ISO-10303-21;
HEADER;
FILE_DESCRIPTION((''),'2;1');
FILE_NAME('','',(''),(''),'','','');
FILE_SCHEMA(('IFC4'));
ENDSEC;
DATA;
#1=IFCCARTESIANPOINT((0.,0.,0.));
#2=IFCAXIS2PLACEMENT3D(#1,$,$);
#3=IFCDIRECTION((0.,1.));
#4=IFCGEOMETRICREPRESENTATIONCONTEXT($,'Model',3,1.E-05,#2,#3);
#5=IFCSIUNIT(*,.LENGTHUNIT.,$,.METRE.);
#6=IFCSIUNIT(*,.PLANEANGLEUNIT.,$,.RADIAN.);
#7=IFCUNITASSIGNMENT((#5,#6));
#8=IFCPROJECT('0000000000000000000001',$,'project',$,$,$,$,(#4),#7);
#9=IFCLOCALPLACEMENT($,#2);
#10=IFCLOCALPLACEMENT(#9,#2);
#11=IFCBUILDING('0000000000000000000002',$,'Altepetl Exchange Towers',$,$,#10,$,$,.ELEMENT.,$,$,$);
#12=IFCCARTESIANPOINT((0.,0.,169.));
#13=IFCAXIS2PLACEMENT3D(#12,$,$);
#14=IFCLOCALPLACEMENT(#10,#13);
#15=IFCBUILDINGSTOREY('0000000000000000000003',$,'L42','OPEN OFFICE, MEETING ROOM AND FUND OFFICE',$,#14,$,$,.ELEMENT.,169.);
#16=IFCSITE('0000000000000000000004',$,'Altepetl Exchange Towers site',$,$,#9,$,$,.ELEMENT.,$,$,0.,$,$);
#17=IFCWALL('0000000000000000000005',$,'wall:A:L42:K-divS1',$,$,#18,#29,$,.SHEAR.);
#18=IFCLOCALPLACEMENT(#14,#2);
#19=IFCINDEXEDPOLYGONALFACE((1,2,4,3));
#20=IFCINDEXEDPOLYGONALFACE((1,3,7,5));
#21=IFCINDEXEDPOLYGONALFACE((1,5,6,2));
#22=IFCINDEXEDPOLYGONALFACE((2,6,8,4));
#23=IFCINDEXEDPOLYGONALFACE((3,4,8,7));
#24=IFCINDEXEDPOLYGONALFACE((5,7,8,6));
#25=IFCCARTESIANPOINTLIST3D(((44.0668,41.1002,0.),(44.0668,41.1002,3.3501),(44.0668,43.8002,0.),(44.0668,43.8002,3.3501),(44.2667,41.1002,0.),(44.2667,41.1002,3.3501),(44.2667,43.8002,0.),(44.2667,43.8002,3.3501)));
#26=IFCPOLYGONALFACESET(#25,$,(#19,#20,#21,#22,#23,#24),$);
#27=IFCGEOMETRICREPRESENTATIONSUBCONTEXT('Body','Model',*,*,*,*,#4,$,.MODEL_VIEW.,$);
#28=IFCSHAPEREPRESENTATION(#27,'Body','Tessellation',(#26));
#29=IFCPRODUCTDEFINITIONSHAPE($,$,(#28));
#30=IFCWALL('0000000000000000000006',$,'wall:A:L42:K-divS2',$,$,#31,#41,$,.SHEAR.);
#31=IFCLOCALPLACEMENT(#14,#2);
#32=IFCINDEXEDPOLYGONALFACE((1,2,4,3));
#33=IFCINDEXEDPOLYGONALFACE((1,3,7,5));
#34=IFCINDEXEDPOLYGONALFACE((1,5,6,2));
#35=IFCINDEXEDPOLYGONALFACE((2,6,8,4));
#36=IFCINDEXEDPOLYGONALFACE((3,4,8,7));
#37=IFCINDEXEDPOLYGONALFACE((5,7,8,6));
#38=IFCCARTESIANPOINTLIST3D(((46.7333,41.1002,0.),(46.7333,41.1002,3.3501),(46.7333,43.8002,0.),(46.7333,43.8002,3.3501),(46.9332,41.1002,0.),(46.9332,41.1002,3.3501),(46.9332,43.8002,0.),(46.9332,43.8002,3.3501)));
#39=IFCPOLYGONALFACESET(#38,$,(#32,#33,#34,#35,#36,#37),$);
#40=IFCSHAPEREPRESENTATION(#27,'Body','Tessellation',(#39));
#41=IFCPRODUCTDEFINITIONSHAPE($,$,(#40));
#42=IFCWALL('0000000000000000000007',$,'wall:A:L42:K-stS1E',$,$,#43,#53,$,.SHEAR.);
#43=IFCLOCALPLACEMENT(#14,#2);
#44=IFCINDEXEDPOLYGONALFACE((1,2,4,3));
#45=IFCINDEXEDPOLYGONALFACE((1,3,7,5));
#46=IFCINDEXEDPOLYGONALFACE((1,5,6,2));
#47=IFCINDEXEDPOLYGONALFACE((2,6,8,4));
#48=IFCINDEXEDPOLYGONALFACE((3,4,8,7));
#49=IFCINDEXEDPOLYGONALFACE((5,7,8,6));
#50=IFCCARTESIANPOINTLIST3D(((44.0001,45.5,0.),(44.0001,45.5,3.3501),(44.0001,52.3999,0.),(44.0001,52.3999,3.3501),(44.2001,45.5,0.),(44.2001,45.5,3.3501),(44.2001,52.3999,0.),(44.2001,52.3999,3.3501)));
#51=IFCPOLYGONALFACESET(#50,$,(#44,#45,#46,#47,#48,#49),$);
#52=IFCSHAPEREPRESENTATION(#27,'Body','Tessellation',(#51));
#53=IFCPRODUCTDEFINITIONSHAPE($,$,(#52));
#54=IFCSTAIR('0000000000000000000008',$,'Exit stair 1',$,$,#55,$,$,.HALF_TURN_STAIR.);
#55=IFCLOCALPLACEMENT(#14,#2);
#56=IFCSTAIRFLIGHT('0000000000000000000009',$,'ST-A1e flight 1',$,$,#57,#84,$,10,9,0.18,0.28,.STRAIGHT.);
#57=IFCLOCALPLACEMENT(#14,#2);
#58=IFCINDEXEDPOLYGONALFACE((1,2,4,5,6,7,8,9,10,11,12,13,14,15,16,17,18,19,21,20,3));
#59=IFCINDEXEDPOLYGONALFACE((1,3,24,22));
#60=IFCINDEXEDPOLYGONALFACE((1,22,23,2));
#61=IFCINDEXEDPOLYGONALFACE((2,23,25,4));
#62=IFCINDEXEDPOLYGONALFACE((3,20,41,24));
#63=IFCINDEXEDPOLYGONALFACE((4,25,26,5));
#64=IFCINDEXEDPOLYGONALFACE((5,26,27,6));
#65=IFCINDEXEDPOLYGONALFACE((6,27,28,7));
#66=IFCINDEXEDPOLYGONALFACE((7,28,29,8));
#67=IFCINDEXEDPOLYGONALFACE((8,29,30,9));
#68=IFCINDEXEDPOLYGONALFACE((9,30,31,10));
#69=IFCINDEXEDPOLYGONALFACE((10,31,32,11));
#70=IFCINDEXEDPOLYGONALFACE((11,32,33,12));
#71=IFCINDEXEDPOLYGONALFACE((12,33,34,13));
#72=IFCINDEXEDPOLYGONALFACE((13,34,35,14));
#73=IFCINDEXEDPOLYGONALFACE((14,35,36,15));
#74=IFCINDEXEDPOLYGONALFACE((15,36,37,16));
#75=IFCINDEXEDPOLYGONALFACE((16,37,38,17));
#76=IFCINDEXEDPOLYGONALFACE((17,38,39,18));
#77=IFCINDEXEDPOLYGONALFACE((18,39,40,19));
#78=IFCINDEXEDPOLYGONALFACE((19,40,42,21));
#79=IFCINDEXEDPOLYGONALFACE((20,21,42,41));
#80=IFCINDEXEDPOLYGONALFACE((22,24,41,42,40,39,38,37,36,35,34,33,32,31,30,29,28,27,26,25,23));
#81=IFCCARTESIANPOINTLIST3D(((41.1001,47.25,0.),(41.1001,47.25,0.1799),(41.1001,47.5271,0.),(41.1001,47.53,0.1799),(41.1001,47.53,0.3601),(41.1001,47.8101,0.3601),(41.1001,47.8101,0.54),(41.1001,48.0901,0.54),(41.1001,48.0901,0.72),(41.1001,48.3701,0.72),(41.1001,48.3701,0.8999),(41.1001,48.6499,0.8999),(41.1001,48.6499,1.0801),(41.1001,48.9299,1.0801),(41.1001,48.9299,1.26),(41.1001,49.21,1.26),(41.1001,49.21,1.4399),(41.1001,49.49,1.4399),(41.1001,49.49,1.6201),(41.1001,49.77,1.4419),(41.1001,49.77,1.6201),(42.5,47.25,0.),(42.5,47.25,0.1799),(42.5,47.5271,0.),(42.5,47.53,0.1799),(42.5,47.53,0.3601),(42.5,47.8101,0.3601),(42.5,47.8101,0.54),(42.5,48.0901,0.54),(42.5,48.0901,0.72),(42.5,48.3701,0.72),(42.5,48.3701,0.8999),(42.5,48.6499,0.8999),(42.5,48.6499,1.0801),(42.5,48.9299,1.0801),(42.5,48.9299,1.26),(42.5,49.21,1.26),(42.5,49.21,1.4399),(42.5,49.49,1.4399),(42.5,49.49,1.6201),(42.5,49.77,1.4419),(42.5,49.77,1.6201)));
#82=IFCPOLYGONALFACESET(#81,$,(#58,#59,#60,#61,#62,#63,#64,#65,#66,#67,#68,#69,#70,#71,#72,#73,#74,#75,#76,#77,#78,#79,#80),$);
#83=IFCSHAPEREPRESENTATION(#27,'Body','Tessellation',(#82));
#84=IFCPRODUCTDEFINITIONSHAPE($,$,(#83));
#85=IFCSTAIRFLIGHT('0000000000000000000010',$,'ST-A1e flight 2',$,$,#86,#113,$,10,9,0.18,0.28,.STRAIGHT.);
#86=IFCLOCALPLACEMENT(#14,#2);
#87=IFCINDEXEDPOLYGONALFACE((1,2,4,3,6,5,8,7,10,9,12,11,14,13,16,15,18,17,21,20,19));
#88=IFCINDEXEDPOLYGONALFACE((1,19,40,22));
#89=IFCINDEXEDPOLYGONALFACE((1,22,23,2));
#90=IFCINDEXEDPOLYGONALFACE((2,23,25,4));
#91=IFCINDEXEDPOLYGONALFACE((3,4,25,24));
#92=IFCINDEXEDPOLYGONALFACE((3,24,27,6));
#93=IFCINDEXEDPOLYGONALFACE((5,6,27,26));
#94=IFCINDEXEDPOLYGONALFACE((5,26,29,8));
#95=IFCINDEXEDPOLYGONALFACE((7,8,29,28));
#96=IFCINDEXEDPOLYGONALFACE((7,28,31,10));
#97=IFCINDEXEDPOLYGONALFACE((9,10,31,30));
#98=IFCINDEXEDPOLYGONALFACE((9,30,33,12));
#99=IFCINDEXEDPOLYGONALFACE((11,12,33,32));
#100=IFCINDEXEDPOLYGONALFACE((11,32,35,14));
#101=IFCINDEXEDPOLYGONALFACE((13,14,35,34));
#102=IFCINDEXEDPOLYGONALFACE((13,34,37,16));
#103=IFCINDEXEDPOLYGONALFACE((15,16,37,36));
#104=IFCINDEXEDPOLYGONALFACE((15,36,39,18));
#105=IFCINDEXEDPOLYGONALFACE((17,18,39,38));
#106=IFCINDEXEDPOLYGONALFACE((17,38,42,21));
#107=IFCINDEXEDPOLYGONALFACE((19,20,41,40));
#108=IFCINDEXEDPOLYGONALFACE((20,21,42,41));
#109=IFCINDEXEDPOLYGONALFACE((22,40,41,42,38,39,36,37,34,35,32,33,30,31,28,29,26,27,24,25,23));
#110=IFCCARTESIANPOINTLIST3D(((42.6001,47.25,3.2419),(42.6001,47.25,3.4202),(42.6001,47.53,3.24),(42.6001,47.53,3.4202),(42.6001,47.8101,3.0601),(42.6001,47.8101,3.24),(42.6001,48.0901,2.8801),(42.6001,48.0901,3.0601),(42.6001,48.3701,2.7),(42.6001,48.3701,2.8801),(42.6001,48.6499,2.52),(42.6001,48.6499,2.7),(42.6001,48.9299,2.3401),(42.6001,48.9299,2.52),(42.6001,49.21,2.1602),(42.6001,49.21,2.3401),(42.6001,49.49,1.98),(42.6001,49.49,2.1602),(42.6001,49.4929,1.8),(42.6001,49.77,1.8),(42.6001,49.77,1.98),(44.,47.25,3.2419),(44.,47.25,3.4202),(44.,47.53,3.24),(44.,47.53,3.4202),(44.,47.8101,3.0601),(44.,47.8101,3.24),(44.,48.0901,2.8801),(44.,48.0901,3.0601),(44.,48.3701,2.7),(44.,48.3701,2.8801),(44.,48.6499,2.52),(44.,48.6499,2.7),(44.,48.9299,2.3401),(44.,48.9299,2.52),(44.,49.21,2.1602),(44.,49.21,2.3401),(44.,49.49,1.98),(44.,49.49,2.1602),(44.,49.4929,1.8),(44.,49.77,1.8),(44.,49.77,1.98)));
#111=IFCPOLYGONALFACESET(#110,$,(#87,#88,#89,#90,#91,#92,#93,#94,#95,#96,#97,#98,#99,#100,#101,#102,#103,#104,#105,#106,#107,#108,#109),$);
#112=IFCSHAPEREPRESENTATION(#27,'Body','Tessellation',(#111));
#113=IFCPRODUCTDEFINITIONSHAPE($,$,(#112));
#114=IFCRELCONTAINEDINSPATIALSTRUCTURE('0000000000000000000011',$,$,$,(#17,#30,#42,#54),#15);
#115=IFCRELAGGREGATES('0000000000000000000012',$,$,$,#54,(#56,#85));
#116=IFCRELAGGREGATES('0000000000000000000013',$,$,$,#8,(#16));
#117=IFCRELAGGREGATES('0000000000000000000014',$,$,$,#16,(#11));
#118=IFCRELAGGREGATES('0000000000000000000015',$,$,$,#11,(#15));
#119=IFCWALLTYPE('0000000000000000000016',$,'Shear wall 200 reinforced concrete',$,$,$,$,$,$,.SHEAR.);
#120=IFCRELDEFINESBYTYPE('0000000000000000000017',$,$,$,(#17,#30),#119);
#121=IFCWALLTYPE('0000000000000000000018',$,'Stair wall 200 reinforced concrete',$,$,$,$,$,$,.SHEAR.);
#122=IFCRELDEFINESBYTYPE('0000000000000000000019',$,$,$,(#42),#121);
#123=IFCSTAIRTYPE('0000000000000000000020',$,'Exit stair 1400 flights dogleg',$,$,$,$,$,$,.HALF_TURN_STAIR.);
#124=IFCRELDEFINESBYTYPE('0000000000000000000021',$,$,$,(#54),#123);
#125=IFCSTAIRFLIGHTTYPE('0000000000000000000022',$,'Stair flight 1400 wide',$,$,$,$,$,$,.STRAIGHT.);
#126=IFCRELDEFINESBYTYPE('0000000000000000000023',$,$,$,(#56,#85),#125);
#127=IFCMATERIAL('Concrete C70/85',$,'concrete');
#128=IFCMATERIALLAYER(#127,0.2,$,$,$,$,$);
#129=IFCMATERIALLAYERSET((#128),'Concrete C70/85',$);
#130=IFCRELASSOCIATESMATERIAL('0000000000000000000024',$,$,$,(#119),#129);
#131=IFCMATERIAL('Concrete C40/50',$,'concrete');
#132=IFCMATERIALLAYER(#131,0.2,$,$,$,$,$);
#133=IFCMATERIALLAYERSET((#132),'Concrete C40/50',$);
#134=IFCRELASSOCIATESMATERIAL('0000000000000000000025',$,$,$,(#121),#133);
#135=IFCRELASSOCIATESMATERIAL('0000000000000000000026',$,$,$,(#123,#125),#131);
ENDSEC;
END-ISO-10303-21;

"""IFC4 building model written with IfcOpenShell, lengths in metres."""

from ifc_helpers import new_model, si_unit, direction, frame, frame_2d, origin, place, context, subcontext, project, spatial, polyline, rectangle, outline, extrude, material, layer, layer_set, type_object, element, aggregate, save


model = new_model("IFC4")

# Units and contexts
model_context = context("Model", 3, precision=1e-05, world=origin(), true_north=direction((0.0, 1.0)))
body_context = subcontext(model_context, "Body", "Model", "MODEL_VIEW")
ifc_project = project(units=[si_unit("LENGTHUNIT", "METRE"), si_unit("PLANEANGLEUNIT", "RADIAN")], contexts=[model_context])

# Site, building, storey
site_placement = place(None, origin())
site = spatial("IfcSite", under=ifc_project, at=site_placement, Name="Altepetl Exchange Towers site", CompositionType="ELEMENT", RefElevation=0.0)
building_placement = place(site_placement, origin())
building = spatial("IfcBuilding", under=site, at=building_placement, Name="Altepetl Exchange Towers", CompositionType="ELEMENT")
storey_placement = place(building_placement, frame((0.0, 0.0, 169.0)))
storey = spatial("IfcBuildingStorey", under=building, at=storey_placement, Name="L42", Description="OPEN OFFICE, MEETING ROOM AND FUND OFFICE", CompositionType="ELEMENT", Elevation=169.0)

# Walls
ifc_material_1 = material(Name="Concrete C70/85", Category="concrete")
ifc_layer_1 = layer(ifc_material_1, 0.2)
ifc_layer_set_1 = layer_set([ifc_layer_1], Name="Concrete C70/85")
wall_type_1 = type_object("IfcWallType", Name="Shear wall 200 reinforced concrete", PredefinedType="SHEAR", material=ifc_layer_set_1)
for number, where, z_axis, x_axis, name in (
    (1, (44.1667, 41.1001, 0.0), (0.0, 0.0, 1.0), (0.0, 1.0, 0.0), "wall:A:L42:K-divS1"),
    (2, (46.8333, 41.1001, 0.0), (0.0, 0.0, 1.0), (0.0, 1.0, 0.0), "wall:A:L42:K-divS2"),
):
    element("IfcWall", number, at=place(storey_placement, frame(where, z_axis=z_axis, x_axis=x_axis)), inside=storey, type_object=wall_type_1, Name=name, PredefinedType="SHEAR", context=body_context, shape_type="SweptSolid", body=[
        extrude(rectangle(XDim=2.7, YDim=0.2, at=frame_2d((1.3501, 0.0))), origin(), (0.0, 0.0, 1.0), 3.3501),
    ])
ifc_material_2 = material(Name="Concrete C40/50", Category="concrete")
ifc_layer_2 = layer(ifc_material_2, 0.2)
ifc_layer_set_2 = layer_set([ifc_layer_2], Name="Concrete C40/50")
wall_type_2 = type_object("IfcWallType", Name="Stair wall 200 reinforced concrete", PredefinedType="SHEAR", material=ifc_layer_set_2)
wall_1_placement = place(storey_placement, frame((44.1001, 45.5, 0.0), z_axis=(0.0, 0.0, 1.0), x_axis=(0.0, 1.0, 0.0)))
element("IfcWall", 3, at=wall_1_placement, inside=storey, type_object=wall_type_2, Name="wall:A:L42:K-stS1E", PredefinedType="SHEAR", context=body_context, shape_type="SweptSolid", body=[
    extrude(rectangle(XDim=6.8999, YDim=0.2, at=frame_2d((3.45, 0.0))), origin(), (0.0, 0.0, 1.0), 3.3501),
])

# Stair, stair flights
stair_type = type_object("IfcStairType", Name="Exit stair 1400 flights dogleg", PredefinedType="HALF_TURN_STAIR", material=ifc_material_2)
stair_placement = place(storey_placement, origin())
stair = element("IfcStair", 4, at=stair_placement, inside=storey, type_object=stair_type, Name="Exit stair 1", PredefinedType="HALF_TURN_STAIR")
stair_flight_type = type_object("IfcStairFlightType", Name="Stair flight 1400 wide", PredefinedType="STRAIGHT", material=ifc_material_2)
stair_flight_1_placement = place(storey_placement, frame((41.8, 47.25, 0.0), z_axis=(0.0, 0.0, 1.0), x_axis=(0.0, 1.0, 0.0)))
stair_flight_1 = element("IfcStairFlight", 5, at=stair_flight_1_placement, type_object=stair_flight_type, Name="ST-A1e flight 1", NumberOfRisers=10, NumberOfTreads=9, PredefinedType="STRAIGHT", RiserHeight=0.18, TreadLength=0.28, context=body_context, shape_type="SweptSolid", body=[
    extrude(outline(polyline([(0.0, 0.0), (0.0, 0.1799), (0.28, 0.1799), (0.28, 0.3601), (0.5601, 0.3601), (0.5601, 0.54), (0.8401, 0.54), (0.8401, 0.72), (1.1201, 0.72), (1.1201, 0.8999), (1.3999, 0.8999), (1.3999, 1.0801), (1.6799, 1.0801), (1.6799, 1.26), (1.96, 1.26), (1.96, 1.4399), (2.24, 1.4399), (2.24, 1.6201), (2.52, 1.6201), (2.52, 1.8), (2.52, 1.4419), (0.2771, 0.0), (0.0, 0.0)])), frame((0.0, 0.7, 0.0), z_axis=(0.0, -1.0, 0.0), x_axis=(1.0, 0.0, 0.0)), (0.0, 0.0, 1.0), 1.3999),
])
stair_flight_2_placement = place(storey_placement, frame((43.3, 49.77, 1.8), z_axis=(0.0, 0.0, 1.0), x_axis=(0.0, -1.0, 0.0)))
stair_flight_2 = element("IfcStairFlight", 6, at=stair_flight_2_placement, type_object=stair_flight_type, Name="ST-A1e flight 2", NumberOfRisers=10, NumberOfTreads=9, PredefinedType="STRAIGHT", RiserHeight=0.18, TreadLength=0.28, context=body_context, shape_type="SweptSolid", body=[
    extrude(outline(polyline([(0.0, 0.0), (0.0, 0.1799), (0.28, 0.1799), (0.28, 0.3601), (0.5601, 0.3601), (0.5601, 0.54), (0.8401, 0.54), (0.8401, 0.72), (1.1201, 0.72), (1.1201, 0.8999), (1.3999, 0.8999), (1.3999, 1.0801), (1.6799, 1.0801), (1.6799, 1.26), (1.96, 1.26), (1.96, 1.4399), (2.24, 1.4399), (2.24, 1.6201), (2.52, 1.6201), (2.52, 1.8), (2.52, 1.4419), (0.2771, 0.0), (0.0, 0.0)])), frame((0.0, 0.7, 0.0), z_axis=(0.0, -1.0, 0.0), x_axis=(1.0, 0.0, 0.0)), (0.0, 0.0, 1.0), 1.3999),
])
aggregate(stair, [stair_flight_1, stair_flight_2])

save(model, "model.ifc")
